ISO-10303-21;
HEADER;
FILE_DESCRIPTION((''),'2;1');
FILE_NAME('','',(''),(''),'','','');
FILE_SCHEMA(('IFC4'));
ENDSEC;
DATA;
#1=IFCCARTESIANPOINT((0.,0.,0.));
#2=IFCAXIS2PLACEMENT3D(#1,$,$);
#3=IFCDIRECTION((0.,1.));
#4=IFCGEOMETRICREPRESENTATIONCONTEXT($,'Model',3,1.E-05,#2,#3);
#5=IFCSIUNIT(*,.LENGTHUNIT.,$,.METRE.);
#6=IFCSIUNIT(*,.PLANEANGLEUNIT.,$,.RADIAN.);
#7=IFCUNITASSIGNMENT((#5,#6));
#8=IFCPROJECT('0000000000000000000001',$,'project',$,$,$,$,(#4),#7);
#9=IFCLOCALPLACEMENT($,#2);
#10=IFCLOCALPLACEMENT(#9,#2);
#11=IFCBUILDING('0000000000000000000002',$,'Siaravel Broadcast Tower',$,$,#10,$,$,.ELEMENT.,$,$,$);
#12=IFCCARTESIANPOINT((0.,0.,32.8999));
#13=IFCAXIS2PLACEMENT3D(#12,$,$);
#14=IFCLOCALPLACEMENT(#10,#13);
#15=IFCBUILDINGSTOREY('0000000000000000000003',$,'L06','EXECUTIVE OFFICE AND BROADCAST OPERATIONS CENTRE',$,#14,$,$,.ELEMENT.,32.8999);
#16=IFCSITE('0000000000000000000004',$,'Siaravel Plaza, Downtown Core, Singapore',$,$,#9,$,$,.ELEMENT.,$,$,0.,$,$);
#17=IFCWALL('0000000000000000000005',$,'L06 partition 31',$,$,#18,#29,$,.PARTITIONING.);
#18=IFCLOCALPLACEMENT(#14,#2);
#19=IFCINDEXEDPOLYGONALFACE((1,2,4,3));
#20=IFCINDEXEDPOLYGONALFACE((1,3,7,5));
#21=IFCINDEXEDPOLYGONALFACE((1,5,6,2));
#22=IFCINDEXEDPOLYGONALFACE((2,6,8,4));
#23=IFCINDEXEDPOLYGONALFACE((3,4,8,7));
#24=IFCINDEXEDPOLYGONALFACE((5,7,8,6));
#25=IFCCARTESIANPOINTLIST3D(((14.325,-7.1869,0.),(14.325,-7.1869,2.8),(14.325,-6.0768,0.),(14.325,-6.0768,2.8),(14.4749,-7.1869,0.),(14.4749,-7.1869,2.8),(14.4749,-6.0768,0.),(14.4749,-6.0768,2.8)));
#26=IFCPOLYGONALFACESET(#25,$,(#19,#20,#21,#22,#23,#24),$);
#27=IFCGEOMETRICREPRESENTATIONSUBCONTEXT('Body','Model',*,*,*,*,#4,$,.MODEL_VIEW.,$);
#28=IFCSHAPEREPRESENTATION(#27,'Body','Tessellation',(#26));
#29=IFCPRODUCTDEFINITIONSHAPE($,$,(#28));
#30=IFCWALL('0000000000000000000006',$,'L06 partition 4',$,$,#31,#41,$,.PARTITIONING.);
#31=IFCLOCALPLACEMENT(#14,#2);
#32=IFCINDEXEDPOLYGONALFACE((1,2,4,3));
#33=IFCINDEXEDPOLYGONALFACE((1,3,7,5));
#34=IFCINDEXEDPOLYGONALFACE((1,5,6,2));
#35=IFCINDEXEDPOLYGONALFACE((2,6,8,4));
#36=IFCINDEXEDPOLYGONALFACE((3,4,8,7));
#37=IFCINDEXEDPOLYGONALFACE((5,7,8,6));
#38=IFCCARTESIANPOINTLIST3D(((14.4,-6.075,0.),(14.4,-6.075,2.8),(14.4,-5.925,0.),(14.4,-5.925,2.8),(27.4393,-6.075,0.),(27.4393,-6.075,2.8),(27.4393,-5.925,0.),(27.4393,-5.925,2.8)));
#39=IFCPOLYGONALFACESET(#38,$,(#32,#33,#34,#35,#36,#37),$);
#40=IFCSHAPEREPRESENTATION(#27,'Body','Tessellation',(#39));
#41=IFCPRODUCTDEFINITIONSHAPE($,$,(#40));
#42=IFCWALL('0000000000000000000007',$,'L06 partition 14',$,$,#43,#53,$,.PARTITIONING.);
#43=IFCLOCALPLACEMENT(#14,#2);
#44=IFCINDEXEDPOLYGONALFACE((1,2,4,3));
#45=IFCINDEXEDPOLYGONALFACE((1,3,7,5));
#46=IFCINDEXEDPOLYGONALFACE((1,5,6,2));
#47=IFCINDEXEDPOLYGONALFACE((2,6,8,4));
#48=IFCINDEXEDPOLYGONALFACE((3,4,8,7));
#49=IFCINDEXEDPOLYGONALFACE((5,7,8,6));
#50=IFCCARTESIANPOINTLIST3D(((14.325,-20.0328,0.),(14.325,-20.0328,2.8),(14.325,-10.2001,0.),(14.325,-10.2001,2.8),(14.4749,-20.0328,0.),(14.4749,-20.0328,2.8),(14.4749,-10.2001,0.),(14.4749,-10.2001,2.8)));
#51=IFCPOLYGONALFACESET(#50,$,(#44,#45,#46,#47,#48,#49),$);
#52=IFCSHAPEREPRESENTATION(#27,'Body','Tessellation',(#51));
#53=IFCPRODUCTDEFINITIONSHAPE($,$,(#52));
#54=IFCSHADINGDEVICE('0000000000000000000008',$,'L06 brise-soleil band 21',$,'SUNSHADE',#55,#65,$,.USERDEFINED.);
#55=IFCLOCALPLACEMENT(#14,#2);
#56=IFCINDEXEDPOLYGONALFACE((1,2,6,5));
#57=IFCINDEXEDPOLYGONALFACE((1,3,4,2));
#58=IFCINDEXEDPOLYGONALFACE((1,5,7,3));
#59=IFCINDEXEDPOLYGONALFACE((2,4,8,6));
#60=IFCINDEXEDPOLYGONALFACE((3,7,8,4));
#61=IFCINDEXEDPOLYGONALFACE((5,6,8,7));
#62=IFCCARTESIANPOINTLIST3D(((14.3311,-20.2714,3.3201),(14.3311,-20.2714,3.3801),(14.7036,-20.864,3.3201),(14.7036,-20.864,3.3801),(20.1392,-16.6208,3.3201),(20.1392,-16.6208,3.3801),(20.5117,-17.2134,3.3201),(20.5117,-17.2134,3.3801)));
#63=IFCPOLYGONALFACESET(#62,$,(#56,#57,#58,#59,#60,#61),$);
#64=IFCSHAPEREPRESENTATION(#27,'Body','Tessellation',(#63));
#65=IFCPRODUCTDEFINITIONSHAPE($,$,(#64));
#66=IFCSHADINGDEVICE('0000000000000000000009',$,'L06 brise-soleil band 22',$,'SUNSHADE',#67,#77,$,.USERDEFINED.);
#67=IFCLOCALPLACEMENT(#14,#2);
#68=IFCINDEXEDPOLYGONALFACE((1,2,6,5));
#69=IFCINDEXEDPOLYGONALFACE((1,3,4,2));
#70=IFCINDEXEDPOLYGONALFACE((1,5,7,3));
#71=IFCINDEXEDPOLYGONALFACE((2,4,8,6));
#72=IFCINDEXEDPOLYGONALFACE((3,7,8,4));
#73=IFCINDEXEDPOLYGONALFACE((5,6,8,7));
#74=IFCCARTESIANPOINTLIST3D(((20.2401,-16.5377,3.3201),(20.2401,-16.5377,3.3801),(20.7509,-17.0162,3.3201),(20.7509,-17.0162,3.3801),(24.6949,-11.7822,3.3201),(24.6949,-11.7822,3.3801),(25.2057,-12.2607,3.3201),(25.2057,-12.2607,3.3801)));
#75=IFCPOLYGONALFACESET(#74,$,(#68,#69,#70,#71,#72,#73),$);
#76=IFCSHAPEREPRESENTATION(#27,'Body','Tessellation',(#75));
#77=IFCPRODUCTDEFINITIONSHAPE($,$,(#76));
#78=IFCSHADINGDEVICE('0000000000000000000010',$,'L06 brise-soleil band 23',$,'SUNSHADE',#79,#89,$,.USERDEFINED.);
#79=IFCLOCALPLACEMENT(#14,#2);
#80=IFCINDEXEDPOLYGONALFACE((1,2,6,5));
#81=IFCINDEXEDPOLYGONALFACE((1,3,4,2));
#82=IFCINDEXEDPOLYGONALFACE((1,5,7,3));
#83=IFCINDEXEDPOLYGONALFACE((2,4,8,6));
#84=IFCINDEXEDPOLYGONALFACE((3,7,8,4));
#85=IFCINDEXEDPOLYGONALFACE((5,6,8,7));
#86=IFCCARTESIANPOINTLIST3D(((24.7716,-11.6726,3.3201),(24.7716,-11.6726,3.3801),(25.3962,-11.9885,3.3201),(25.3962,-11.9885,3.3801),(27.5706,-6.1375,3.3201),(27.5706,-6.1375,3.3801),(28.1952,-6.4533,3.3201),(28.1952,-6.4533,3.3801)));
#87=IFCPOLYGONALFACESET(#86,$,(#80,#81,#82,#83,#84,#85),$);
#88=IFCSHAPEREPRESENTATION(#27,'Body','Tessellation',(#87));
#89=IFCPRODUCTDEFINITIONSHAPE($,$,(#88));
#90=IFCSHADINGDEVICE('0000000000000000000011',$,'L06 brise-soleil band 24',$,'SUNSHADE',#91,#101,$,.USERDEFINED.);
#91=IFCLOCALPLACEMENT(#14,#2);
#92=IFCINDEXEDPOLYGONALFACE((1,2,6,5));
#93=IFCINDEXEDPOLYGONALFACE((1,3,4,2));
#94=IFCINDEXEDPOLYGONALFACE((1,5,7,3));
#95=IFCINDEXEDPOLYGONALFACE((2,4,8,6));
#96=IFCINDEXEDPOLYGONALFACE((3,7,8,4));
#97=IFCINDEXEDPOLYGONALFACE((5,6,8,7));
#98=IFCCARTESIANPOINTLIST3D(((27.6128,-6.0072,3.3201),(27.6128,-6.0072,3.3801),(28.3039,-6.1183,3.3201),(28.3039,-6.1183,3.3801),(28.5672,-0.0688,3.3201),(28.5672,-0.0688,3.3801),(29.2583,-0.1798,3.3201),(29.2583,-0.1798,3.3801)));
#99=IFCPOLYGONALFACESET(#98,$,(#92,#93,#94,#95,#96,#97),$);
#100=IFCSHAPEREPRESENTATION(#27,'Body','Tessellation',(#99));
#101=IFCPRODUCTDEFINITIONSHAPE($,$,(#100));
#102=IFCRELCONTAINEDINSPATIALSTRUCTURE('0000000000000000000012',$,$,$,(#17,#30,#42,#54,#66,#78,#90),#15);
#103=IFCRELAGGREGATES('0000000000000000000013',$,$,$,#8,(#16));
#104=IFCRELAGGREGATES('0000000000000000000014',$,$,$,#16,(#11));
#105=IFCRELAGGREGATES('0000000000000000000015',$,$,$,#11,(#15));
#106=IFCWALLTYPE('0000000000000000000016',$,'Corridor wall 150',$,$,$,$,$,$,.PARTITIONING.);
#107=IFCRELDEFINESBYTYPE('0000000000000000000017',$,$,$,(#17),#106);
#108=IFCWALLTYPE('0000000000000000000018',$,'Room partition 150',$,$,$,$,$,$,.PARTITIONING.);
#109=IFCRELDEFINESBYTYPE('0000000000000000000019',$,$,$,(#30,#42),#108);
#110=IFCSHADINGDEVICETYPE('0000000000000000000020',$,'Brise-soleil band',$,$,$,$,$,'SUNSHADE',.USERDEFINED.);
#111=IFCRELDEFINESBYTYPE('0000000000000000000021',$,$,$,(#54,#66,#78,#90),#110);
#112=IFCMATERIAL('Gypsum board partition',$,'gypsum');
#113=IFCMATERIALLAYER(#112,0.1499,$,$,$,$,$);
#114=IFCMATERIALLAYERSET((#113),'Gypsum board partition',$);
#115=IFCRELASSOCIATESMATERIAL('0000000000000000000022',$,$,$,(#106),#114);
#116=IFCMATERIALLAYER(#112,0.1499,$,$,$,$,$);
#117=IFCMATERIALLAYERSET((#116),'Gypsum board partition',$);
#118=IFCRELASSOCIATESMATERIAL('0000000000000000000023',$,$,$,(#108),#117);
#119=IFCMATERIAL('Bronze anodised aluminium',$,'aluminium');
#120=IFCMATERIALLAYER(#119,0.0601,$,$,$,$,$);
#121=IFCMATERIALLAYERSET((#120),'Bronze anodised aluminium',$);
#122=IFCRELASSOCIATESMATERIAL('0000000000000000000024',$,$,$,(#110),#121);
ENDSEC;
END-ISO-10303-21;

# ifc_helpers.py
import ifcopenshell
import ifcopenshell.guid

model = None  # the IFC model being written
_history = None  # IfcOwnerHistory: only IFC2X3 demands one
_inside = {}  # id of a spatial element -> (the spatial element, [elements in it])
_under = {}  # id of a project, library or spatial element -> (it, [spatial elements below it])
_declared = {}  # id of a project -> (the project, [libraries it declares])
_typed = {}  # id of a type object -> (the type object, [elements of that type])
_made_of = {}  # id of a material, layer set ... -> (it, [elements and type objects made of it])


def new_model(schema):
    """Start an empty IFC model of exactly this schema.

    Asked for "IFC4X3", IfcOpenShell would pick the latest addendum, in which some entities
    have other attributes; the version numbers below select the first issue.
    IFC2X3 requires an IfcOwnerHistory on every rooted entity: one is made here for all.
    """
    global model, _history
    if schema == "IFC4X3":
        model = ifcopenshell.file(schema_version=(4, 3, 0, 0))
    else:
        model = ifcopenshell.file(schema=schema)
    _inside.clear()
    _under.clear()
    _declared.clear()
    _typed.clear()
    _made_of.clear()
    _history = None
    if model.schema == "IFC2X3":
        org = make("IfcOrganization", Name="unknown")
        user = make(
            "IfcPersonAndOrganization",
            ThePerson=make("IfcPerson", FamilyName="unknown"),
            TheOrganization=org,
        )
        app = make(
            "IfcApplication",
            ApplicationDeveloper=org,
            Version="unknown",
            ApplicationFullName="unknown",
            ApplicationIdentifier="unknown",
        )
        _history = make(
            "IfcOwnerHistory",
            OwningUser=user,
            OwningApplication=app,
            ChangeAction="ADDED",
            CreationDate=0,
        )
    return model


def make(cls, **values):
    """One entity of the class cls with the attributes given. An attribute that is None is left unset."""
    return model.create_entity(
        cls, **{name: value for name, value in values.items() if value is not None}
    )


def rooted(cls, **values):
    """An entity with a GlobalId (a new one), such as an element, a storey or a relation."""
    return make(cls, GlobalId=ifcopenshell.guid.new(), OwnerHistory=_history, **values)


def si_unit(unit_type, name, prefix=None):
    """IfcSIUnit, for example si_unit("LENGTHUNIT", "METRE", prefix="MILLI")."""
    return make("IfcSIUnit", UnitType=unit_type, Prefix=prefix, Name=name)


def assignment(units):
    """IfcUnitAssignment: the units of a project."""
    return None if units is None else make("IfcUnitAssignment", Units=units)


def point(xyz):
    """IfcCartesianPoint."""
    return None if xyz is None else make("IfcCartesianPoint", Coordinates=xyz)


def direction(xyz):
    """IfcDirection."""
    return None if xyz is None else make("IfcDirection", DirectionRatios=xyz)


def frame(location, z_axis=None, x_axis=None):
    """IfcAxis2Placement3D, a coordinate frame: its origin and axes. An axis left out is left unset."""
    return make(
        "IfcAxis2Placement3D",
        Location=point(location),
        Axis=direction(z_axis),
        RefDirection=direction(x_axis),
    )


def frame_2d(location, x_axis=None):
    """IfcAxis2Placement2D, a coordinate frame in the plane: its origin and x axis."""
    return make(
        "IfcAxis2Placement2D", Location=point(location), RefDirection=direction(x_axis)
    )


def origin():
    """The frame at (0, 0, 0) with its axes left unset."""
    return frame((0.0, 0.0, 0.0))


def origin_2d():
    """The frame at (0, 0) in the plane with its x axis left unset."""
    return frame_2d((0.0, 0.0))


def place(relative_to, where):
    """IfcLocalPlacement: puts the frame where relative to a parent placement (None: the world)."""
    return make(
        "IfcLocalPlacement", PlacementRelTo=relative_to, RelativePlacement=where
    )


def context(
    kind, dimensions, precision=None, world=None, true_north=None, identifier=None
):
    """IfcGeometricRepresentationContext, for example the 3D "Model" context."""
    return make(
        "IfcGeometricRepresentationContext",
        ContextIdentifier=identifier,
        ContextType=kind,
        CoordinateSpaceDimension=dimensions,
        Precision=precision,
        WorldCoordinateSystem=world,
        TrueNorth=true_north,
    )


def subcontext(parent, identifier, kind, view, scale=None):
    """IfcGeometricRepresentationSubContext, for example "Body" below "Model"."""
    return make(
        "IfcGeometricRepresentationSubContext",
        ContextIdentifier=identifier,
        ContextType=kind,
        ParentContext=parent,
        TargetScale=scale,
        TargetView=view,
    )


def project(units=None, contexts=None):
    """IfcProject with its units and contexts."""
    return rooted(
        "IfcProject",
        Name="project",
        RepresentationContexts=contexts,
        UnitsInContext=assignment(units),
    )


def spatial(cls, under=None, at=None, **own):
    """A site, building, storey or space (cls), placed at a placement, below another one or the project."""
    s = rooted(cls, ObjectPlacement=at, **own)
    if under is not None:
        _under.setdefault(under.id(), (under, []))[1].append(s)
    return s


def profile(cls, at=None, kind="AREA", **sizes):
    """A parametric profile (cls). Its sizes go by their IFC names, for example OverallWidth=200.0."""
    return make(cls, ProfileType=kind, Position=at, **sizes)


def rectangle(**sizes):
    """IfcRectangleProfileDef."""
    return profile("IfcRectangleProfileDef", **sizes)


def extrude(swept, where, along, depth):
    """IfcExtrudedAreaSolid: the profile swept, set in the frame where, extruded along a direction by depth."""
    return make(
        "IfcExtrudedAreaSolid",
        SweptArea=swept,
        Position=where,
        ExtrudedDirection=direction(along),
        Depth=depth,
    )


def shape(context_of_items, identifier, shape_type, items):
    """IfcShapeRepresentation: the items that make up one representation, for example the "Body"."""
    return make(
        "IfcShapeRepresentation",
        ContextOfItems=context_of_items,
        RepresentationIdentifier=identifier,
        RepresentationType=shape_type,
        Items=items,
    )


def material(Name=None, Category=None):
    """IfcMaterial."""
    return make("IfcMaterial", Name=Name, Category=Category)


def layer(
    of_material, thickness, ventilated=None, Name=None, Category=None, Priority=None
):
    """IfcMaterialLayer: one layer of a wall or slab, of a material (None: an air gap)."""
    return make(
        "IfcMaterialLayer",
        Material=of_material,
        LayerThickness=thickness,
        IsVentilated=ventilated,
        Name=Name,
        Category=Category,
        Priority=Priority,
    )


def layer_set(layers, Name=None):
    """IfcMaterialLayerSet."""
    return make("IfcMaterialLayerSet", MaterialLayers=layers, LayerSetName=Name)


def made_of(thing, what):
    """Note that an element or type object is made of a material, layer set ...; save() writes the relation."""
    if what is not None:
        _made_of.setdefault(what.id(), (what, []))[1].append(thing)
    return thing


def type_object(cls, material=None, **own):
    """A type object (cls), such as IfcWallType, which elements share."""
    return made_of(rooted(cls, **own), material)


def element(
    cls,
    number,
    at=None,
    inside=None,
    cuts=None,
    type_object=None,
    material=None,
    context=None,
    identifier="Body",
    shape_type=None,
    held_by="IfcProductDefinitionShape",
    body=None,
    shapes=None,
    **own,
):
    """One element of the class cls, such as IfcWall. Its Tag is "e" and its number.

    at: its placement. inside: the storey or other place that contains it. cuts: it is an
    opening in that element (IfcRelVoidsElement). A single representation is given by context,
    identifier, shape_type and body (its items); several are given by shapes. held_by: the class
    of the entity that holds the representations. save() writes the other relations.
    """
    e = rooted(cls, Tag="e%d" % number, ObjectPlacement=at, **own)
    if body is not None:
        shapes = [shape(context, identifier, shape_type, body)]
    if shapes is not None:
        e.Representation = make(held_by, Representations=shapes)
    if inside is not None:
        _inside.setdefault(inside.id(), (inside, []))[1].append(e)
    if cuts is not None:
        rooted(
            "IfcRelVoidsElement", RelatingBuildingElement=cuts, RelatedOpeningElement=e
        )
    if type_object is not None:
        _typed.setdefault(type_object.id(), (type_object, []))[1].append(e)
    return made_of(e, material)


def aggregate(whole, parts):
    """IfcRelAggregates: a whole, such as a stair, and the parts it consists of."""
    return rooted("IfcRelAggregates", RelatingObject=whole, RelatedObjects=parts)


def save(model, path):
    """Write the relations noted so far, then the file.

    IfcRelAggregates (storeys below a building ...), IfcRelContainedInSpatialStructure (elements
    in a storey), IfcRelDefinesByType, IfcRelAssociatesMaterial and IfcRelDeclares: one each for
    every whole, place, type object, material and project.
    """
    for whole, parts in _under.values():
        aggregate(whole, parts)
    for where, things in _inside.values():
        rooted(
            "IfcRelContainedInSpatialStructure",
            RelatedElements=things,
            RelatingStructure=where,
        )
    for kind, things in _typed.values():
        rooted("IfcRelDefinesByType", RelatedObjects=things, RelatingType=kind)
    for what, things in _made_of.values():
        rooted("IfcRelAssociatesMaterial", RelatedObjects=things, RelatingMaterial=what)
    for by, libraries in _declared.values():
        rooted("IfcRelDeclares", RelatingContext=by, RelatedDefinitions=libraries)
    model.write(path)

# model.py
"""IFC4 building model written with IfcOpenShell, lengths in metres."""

from ifc_helpers import new_model, si_unit, direction, frame, frame_2d, origin, origin_2d, place, context, subcontext, project, spatial, rectangle, extrude, material, layer, layer_set, type_object, element, save


model = new_model("IFC4")

# Units and contexts
model_context = context("Model", 3, precision=1e-05, world=origin(), true_north=direction((0.0, 1.0)))
body_context = subcontext(model_context, "Body", "Model", "MODEL_VIEW")
ifc_project = project(units=[si_unit("LENGTHUNIT", "METRE"), si_unit("PLANEANGLEUNIT", "RADIAN")], contexts=[model_context])

# Site, building, storey
site_placement = place(None, origin())
site = spatial("IfcSite", under=ifc_project, at=site_placement, Name="Siaravel Plaza, Downtown Core, Singapore", CompositionType="ELEMENT", RefElevation=0.0)
building_placement = place(site_placement, origin())
building = spatial("IfcBuilding", under=site, at=building_placement, Name="Siaravel Broadcast Tower", CompositionType="ELEMENT")
storey_placement = place(building_placement, frame((0.0, 0.0, 32.8999)))
storey = spatial("IfcBuildingStorey", under=building, at=storey_placement, Name="L06", Description="EXECUTIVE OFFICE AND BROADCAST OPERATIONS CENTRE", CompositionType="ELEMENT", Elevation=32.8999)

# Shared definitions
ifc_material_1 = material(Name="Gypsum board partition", Category="gypsum")
ifc_layer_1 = layer(ifc_material_1, 0.1499)
ifc_layer_set_1 = layer_set([ifc_layer_1], Name="Gypsum board partition")
wall_type_1 = type_object("IfcWallType", Name="Corridor wall 150", PredefinedType="PARTITIONING", material=ifc_layer_set_1)

# Walls
wall_1_placement = place(storey_placement, frame((14.3999, -7.187, 0.0), z_axis=(0.0, 0.0, 1.0), x_axis=(0.0, 1.0, 0.0)))
element("IfcWall", 1, at=wall_1_placement, inside=storey, type_object=wall_type_1, Name="L06 partition 31", PredefinedType="PARTITIONING", context=body_context, shape_type="SweptSolid", body=[
    extrude(rectangle(XDim=1.1101, YDim=0.1499, at=frame_2d((0.5552, 0.0))), origin(), (0.0, 0.0, 1.0), 2.8),
])
ifc_layer_2 = layer(ifc_material_1, 0.1499)
ifc_layer_set_2 = layer_set([ifc_layer_2], Name="Gypsum board partition")
wall_type_2 = type_object("IfcWallType", Name="Room partition 150", PredefinedType="PARTITIONING", material=ifc_layer_set_2)
wall_2_placement = place(storey_placement, frame((27.4392, -6.0, 0.0), z_axis=(0.0, 0.0, 1.0), x_axis=(-1.0, 0.0, 0.0)))
element("IfcWall", 2, at=wall_2_placement, inside=storey, type_object=wall_type_2, Name="L06 partition 4", PredefinedType="PARTITIONING", context=body_context, shape_type="SweptSolid", body=[
    extrude(rectangle(XDim=13.0393, YDim=0.1499, at=frame_2d((6.5195, 0.0))), origin(), (0.0, 0.0, 1.0), 2.8),
])
wall_3_placement = place(storey_placement, frame((14.3999, -10.2, 0.0), z_axis=(0.0, 0.0, 1.0), x_axis=(0.0, -1.0, 0.0)))
element("IfcWall", 3, at=wall_3_placement, inside=storey, type_object=wall_type_2, Name="L06 partition 14", PredefinedType="PARTITIONING", context=body_context, shape_type="SweptSolid", body=[
    extrude(rectangle(XDim=9.8328, YDim=0.1499, at=frame_2d((4.9165, 0.0))), origin(), (0.0, 0.0, 1.0), 2.8),
])

# Shading devices
ifc_material_2 = material(Name="Bronze anodised aluminium", Category="aluminium")
ifc_layer_3 = layer(ifc_material_2, 0.0601)
ifc_layer_set_3 = layer_set([ifc_layer_3], Name="Bronze anodised aluminium")
shading_device_type = type_object("IfcShadingDeviceType", Name="Brise-soleil band", ElementType="SUNSHADE", PredefinedType="USERDEFINED", material=ifc_layer_set_3)
shading_device_1_placement = place(storey_placement, frame((17.4214, -18.7424, 3.3201), z_axis=(0.0, 0.0, 1.0), x_axis=(0.846651, 0.532148, 0.0)))
element("IfcShadingDevice", 4, at=shading_device_1_placement, inside=storey, type_object=shading_device_type, Name="L06 brise-soleil band 21", ObjectType="SUNSHADE", PredefinedType="USERDEFINED", context=body_context, shape_type="SweptSolid", body=[
    extrude(rectangle(XDim=6.8601, YDim=0.7, at=origin_2d()), origin(), (0.0, 0.0, 1.0), 0.0601),
])
shading_device_2_placement = place(storey_placement, frame((22.7229, -14.3992, 3.3201), z_axis=(0.0, 0.0, 1.0), x_axis=(0.683656, 0.729804, 0.0)))
element("IfcShadingDevice", 5, at=shading_device_2_placement, inside=storey, type_object=shading_device_type, Name="L06 brise-soleil band 22", ObjectType="SUNSHADE", PredefinedType="USERDEFINED", context=body_context, shape_type="SweptSolid", body=[
    extrude(rectangle(XDim=6.5161, YDim=0.7, at=origin_2d()), origin(), (0.0, 0.0, 1.0), 0.0601),
])
shading_device_3_placement = place(storey_placement, frame((26.4834, -9.063, 3.3201), z_axis=(0.0, 0.0, 1.0), x_axis=(0.451262, 0.892391, 0.0)))
element("IfcShadingDevice", 6, at=shading_device_3_placement, inside=storey, type_object=shading_device_type, Name="L06 brise-soleil band 23", ObjectType="SUNSHADE", PredefinedType="USERDEFINED", context=body_context, shape_type="SweptSolid", body=[
    extrude(rectangle(XDim=6.2026, YDim=0.7, at=origin_2d()), origin(), (0.0, 0.0, 1.0), 0.0601),
])
shading_device_4_placement = place(storey_placement, frame((28.4355, -3.0935, 3.3201), z_axis=(0.0, 0.0, 1.0), x_axis=(0.158685, 0.987329, 0.0)))
element("IfcShadingDevice", 7, at=shading_device_4_placement, inside=storey, type_object=shading_device_type, Name="L06 brise-soleil band 24", ObjectType="SUNSHADE", PredefinedType="USERDEFINED", context=body_context, shape_type="SweptSolid", body=[
    extrude(rectangle(XDim=6.0146, YDim=0.7, at=origin_2d()), origin(), (0.0, 0.0, 1.0), 0.0601),
])

save(model, "model.ifc")
